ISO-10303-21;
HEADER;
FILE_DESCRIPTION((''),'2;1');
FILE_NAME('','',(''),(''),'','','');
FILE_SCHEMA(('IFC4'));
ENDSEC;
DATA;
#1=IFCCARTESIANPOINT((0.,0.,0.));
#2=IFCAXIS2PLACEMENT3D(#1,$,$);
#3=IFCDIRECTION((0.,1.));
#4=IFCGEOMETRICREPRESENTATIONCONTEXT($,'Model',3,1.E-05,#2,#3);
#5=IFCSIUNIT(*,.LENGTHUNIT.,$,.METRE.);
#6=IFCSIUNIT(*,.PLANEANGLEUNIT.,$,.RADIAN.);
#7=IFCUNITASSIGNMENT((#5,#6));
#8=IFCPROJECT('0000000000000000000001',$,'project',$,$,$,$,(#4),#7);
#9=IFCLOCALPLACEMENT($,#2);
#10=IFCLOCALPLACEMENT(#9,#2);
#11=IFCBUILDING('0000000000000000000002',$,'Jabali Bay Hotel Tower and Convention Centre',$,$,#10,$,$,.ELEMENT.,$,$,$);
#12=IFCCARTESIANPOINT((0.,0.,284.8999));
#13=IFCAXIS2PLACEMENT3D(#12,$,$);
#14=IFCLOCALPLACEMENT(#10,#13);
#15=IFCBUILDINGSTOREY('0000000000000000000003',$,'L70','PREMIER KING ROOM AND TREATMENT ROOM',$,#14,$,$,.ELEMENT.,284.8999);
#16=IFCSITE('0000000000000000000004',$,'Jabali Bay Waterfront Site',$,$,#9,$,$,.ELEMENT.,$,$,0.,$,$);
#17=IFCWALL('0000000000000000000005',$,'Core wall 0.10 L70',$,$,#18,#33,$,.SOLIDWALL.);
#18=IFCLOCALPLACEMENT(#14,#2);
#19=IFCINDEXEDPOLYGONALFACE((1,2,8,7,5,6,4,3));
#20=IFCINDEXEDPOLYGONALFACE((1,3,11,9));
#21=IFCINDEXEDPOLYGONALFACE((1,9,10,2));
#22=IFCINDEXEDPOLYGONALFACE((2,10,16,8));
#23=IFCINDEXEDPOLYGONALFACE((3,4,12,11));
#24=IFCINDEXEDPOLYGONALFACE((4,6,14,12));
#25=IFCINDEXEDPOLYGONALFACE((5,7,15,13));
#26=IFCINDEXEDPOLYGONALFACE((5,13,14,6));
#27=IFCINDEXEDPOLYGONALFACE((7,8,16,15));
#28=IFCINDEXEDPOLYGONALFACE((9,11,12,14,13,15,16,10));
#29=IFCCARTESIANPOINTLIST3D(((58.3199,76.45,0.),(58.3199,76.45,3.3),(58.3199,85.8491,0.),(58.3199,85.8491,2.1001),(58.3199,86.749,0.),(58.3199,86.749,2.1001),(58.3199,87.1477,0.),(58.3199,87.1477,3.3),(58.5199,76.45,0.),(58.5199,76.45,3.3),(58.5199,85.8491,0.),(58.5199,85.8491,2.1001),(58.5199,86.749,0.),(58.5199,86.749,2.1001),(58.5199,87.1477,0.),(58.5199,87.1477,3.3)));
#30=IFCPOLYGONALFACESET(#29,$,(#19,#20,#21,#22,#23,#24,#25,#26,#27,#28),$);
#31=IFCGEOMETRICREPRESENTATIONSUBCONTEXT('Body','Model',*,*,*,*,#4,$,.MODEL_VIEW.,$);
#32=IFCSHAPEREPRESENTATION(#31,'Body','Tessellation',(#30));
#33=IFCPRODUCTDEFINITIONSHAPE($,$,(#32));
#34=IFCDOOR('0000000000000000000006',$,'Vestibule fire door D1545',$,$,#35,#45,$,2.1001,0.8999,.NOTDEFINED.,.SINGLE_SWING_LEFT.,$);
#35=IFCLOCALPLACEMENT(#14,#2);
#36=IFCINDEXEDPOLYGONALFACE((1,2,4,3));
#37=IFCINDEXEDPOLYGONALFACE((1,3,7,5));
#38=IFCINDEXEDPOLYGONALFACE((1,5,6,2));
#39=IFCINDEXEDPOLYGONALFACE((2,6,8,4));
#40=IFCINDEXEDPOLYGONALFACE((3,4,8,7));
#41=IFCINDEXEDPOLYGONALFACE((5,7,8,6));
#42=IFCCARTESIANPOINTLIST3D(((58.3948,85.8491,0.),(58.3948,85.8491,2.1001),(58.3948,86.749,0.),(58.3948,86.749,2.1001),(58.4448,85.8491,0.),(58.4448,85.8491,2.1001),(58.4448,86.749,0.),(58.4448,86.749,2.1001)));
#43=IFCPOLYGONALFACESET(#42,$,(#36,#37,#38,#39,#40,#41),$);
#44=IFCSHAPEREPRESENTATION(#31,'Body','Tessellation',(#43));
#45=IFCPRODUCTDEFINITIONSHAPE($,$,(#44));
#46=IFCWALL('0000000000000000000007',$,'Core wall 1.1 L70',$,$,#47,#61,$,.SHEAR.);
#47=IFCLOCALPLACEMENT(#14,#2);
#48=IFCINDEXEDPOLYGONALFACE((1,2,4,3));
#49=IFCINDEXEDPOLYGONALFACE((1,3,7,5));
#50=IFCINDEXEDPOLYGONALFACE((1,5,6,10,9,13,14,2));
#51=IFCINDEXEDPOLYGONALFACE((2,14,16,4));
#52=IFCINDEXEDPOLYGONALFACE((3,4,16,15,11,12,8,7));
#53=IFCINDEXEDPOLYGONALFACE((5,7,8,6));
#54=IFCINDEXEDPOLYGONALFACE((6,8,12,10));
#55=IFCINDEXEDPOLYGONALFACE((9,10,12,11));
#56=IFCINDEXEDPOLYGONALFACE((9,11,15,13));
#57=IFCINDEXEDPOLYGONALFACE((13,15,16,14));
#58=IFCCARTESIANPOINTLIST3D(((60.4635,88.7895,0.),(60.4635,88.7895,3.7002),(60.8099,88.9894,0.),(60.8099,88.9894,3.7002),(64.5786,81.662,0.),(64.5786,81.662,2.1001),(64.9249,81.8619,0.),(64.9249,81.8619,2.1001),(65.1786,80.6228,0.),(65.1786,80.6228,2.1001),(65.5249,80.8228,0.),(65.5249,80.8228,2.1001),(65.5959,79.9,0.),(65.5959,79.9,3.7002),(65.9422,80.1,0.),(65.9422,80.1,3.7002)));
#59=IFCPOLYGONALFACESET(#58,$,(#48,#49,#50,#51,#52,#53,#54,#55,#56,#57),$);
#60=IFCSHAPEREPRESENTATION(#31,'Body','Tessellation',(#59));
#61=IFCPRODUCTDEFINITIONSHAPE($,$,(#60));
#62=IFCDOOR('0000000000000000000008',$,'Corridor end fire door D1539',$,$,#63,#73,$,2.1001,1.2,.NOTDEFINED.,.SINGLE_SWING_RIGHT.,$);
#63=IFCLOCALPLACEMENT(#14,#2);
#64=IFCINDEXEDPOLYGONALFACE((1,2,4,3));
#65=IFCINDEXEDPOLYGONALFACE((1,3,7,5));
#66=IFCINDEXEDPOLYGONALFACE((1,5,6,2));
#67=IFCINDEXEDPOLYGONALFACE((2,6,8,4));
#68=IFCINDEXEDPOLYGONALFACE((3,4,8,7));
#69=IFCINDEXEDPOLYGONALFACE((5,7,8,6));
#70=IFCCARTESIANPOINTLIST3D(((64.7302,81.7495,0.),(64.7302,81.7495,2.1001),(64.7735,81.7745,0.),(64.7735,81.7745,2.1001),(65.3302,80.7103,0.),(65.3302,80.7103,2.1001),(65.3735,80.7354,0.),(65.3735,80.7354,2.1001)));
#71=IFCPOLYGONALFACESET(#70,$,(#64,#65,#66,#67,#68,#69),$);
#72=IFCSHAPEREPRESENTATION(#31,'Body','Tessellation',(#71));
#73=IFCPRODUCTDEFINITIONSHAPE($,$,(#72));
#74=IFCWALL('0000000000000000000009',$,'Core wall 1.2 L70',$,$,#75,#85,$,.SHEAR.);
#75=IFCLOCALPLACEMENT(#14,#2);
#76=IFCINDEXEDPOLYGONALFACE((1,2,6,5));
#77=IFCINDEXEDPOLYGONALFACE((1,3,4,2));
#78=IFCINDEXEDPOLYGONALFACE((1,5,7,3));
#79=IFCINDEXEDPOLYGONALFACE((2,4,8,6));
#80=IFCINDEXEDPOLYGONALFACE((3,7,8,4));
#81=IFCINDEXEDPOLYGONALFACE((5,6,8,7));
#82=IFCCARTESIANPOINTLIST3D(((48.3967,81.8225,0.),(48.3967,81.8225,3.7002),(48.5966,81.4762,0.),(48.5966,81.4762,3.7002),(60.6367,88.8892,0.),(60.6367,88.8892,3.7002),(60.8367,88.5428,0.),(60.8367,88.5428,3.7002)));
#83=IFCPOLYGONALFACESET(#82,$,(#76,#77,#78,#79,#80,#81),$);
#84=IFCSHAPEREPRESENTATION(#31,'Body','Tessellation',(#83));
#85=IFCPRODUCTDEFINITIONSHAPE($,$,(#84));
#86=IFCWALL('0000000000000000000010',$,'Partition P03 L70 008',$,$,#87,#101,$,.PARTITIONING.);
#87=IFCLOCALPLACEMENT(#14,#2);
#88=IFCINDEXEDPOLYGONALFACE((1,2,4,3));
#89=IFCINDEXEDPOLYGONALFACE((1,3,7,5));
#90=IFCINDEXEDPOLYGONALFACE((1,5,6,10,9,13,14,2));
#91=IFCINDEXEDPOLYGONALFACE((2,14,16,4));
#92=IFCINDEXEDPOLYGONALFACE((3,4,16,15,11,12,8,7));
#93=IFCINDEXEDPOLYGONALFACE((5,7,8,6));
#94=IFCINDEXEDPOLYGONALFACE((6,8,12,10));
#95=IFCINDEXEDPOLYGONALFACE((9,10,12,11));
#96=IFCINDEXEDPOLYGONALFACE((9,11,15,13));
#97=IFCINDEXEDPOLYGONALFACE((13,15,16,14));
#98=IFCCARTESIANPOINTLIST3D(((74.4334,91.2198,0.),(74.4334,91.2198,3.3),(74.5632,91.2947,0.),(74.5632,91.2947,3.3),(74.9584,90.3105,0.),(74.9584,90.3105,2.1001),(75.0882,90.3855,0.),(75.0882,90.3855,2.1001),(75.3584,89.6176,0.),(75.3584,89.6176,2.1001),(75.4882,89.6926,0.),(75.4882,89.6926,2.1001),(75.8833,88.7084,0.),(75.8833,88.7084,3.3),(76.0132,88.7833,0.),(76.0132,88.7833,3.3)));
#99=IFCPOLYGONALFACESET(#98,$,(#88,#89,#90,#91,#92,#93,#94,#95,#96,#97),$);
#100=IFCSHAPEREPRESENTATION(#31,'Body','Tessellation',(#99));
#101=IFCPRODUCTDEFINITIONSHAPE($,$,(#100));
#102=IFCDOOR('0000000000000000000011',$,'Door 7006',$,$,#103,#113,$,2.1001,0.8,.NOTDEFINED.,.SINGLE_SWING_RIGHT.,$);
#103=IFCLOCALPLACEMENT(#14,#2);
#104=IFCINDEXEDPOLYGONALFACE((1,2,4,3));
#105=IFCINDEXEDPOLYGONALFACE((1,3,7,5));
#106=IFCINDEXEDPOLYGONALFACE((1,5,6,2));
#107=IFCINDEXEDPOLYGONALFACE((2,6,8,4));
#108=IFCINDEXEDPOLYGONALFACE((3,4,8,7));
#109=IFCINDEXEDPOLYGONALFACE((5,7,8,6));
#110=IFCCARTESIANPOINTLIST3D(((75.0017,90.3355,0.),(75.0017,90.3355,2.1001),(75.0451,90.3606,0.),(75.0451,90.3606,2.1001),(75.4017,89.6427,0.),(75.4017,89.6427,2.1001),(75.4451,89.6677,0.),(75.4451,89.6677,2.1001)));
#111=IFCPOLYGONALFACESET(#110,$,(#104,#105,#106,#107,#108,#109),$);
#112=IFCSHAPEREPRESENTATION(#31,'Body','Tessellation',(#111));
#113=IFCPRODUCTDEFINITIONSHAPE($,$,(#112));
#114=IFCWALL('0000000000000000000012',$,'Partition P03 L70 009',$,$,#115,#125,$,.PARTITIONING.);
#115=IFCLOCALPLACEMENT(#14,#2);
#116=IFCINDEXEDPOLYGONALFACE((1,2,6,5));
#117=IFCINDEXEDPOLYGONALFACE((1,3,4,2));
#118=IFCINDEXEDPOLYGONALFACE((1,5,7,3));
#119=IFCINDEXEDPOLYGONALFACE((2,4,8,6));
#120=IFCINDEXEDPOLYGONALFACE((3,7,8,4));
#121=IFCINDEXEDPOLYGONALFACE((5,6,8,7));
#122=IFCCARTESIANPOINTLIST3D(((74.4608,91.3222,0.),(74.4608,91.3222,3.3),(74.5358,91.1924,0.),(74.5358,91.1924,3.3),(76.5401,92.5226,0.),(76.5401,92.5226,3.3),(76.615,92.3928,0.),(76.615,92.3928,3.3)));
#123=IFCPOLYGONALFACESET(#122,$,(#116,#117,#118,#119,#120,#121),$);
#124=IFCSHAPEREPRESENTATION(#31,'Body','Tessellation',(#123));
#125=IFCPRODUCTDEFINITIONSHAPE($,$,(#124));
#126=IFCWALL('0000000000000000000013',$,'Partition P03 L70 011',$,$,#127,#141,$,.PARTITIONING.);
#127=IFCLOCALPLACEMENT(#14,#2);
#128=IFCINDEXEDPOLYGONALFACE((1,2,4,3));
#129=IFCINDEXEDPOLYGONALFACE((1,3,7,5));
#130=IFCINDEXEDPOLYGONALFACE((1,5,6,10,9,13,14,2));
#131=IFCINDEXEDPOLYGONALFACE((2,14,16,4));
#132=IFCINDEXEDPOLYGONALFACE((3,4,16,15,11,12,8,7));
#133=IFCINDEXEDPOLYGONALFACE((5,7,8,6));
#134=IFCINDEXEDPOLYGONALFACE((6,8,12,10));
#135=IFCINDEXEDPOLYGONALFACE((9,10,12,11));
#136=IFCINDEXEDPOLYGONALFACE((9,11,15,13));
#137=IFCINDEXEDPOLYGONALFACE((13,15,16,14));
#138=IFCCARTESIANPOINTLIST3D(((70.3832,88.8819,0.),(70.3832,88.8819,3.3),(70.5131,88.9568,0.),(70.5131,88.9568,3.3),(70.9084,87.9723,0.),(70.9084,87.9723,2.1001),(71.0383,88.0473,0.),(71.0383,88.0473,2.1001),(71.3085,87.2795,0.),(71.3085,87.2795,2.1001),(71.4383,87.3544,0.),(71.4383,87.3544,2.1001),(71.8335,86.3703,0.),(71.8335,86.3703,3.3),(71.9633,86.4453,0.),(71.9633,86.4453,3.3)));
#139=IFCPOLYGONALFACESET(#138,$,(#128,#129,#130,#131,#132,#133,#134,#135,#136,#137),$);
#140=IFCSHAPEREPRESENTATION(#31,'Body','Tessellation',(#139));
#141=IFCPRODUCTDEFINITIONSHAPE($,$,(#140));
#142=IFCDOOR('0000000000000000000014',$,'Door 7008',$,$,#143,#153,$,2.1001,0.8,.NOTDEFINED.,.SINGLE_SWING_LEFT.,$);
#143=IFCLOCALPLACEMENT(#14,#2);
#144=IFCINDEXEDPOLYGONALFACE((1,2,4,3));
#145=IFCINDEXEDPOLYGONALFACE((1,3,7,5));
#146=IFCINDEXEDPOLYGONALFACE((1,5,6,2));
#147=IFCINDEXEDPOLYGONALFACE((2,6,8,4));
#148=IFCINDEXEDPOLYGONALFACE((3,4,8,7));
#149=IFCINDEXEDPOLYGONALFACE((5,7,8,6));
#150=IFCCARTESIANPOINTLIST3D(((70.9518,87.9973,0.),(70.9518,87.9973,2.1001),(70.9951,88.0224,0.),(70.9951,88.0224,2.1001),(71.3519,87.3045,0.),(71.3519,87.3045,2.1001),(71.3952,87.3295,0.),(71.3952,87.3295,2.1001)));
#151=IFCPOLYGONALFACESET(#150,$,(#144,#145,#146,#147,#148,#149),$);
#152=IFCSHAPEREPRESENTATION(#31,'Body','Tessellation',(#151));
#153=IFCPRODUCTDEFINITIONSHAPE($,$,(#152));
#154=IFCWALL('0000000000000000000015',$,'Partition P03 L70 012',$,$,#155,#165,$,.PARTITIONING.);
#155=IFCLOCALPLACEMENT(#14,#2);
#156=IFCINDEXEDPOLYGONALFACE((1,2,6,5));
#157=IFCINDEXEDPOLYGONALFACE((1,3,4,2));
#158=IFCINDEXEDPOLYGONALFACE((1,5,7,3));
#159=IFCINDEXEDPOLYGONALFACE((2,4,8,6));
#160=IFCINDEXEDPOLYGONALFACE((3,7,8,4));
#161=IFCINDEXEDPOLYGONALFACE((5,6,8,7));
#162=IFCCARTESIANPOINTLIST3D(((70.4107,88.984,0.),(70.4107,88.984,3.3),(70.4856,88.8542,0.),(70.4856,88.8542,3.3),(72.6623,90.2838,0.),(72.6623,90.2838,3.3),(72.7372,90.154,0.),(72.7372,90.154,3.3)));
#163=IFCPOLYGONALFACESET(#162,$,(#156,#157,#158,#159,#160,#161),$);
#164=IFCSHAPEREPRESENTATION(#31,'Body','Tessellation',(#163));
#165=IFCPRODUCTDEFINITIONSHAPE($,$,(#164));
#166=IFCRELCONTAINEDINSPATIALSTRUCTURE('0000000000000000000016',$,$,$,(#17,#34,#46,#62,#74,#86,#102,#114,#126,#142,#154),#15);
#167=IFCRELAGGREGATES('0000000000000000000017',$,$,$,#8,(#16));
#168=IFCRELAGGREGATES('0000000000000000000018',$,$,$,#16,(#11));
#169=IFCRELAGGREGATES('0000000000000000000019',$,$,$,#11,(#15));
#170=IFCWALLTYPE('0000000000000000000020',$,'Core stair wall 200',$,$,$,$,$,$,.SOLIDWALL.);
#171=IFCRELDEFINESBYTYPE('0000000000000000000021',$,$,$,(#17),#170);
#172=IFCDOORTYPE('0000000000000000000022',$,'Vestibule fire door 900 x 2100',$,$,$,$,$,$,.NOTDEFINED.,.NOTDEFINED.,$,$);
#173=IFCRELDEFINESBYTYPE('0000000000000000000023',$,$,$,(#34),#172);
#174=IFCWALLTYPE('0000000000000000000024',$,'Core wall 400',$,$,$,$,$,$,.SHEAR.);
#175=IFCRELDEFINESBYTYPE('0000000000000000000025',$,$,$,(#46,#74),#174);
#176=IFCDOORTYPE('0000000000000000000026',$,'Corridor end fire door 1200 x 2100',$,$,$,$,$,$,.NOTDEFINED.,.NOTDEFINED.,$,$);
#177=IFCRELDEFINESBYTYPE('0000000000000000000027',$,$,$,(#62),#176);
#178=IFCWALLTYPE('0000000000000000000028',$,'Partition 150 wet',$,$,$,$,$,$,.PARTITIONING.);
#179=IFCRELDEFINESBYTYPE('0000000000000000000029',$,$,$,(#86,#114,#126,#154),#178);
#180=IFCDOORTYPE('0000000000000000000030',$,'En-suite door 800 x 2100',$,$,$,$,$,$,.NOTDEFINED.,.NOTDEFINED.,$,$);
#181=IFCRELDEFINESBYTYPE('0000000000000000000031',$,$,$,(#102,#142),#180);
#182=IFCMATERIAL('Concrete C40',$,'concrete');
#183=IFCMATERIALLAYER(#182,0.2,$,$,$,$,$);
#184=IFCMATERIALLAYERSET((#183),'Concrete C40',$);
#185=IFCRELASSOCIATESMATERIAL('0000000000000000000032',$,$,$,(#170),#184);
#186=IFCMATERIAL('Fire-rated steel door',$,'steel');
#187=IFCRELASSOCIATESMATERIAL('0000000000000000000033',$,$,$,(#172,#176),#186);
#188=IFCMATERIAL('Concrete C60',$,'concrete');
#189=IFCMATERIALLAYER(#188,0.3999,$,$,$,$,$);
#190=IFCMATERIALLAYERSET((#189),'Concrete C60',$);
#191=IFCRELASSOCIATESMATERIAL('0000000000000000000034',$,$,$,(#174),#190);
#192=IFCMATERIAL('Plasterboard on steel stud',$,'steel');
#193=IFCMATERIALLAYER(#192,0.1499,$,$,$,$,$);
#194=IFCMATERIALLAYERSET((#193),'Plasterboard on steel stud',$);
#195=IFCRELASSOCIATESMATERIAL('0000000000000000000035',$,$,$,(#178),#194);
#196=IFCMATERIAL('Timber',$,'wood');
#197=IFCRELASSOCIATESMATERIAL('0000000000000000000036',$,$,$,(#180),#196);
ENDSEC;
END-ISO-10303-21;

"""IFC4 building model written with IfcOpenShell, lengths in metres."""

from ifc_helpers import new_model, si_unit, direction, frame, frame_2d, origin, place, context, subcontext, project, spatial, rectangle, extrude, material, layer, layer_set, type_object, element, fill, save


model = new_model("IFC4")

# Units and contexts
model_context = context("Model", 3, precision=1e-05, world=origin(), true_north=direction((0.0, 1.0)))
body_context = subcontext(model_context, "Body", "Model", "MODEL_VIEW")
ifc_project = project(units=[si_unit("LENGTHUNIT", "METRE"), si_unit("PLANEANGLEUNIT", "RADIAN")], contexts=[model_context])

# Site, building, storey
site_placement = place(None, origin())
site = spatial("IfcSite", under=ifc_project, at=site_placement, Name="Jabali Bay Waterfront Site", CompositionType="ELEMENT", RefElevation=0.0)
building_placement = place(site_placement, origin())
building = spatial("IfcBuilding", under=site, at=building_placement, Name="Jabali Bay Hotel Tower and Convention Centre", CompositionType="ELEMENT")
storey_placement = place(building_placement, frame((0.0, 0.0, 284.8999)))
storey = spatial("IfcBuildingStorey", under=building, at=storey_placement, Name="L70", Description="PREMIER KING ROOM AND TREATMENT ROOM", CompositionType="ELEMENT", Elevation=284.8999)

# Shared definitions
ifc_material_1 = material(Name="Concrete C40", Category="concrete")
ifc_layer_1 = layer(ifc_material_1, 0.2)
ifc_layer_set_1 = layer_set([ifc_layer_1], Name="Concrete C40")
wall_type_1 = type_object("IfcWallType", Name="Core stair wall 200", PredefinedType="SOLIDWALL", material=ifc_layer_set_1)

# Shared definitions
ifc_material_2 = material(Name="Fire-rated steel door", Category="steel")

# Walls, openings, doors
wall_1_placement = place(storey_placement, frame((58.4199, 87.1477, 0.0), z_axis=(0.0, 0.0, 1.0), x_axis=(0.0, -1.0, 0.0)))
wall_1 = element("IfcWall", 1, at=wall_1_placement, inside=storey, type_object=wall_type_1, Name="Core wall 0.10 L70", PredefinedType="SOLIDWALL", context=body_context, shape_type="SweptSolid", body=[
    extrude(rectangle(XDim=10.6978, YDim=0.2, at=frame_2d((5.3489, 0.0))), origin(), (0.0, 0.0, 1.0), 3.3),
])
opening_1_placement = place(wall_1_placement, frame((0.3987, 0.0, 0.0)))
opening_1 = element("IfcOpeningElement", 2, at=opening_1_placement, cuts=wall_1, PredefinedType="OPENING", context=body_context, shape_type="SweptSolid", body=[
    extrude(rectangle(XDim=0.8999, YDim=2.1001, at=frame_2d((0.45, 1.05))), frame((0.0, 0.1104, 0.0), z_axis=(0.0, -1.0, 0.0), x_axis=(1.0, 0.0, 0.0)), (0.0, 0.0, 1.0), 0.2209),
])
door_type_1 = type_object("IfcDoorType", Name="Vestibule fire door 900 x 2100", OperationType="NOTDEFINED", PredefinedType="NOTDEFINED", material=ifc_material_2)
door_1_placement = place(opening_1_placement, origin())
door_1 = element("IfcDoor", 3, at=door_1_placement, inside=storey, type_object=door_type_1, Name="Vestibule fire door D1545", OperationType="SINGLE_SWING_LEFT", OverallHeight=2.1001, OverallWidth=0.8999, PredefinedType="NOTDEFINED", context=body_context, shape_type="SweptSolid", body=[
    extrude(rectangle(XDim=0.8999, YDim=2.1001, at=frame_2d((0.45, 1.05))), frame((0.0, 0.0249, 0.0), z_axis=(0.0, -1.0, 0.0), x_axis=(1.0, 0.0, 0.0)), (0.0, 0.0, 1.0), 0.05),
])
fill(opening_1, door_1)
ifc_material_3 = material(Name="Concrete C60", Category="concrete")
ifc_layer_2 = layer(ifc_material_3, 0.3999)
ifc_layer_set_2 = layer_set([ifc_layer_2], Name="Concrete C60")
wall_type_2 = type_object("IfcWallType", Name="Core wall 400", PredefinedType="SHEAR", material=ifc_layer_set_2)
wall_2_placement = place(storey_placement, frame((65.769, 80.0, 0.0), z_axis=(0.0, 0.0, 1.0), x_axis=(-0.500002, 0.866024, 0.0)))
wall_2 = element("IfcWall", 4, at=wall_2_placement, inside=storey, type_object=wall_type_2, Name="Core wall 1.1 L70", PredefinedType="SHEAR", context=body_context, shape_type="SweptSolid", body=[
    extrude(rectangle(XDim=10.2646, YDim=0.3999, at=frame_2d((5.1323, 0.0))), origin(), (0.0, 0.0, 1.0), 3.7002),
])
opening_2_placement = place(wall_2_placement, frame((0.8345, 0.0, 0.0)))
opening_2 = element("IfcOpeningElement", 5, at=opening_2_placement, cuts=wall_2, PredefinedType="OPENING", context=body_context, shape_type="SweptSolid", body=[
    extrude(rectangle(XDim=1.2, YDim=2.1001, at=frame_2d((0.6001, 1.05))), frame((0.0, 0.2104, 0.0), z_axis=(0.0, -1.0, 0.0), x_axis=(1.0, 0.0, 0.0)), (0.0, 0.0, 1.0), 0.4209),
])
door_type_2 = type_object("IfcDoorType", Name="Corridor end fire door 1200 x 2100", OperationType="NOTDEFINED", PredefinedType="NOTDEFINED", material=ifc_material_2)
door_2_placement = place(opening_2_placement, origin())
door_2 = element("IfcDoor", 6, at=door_2_placement, inside=storey, type_object=door_type_2, Name="Corridor end fire door D1539", OperationType="SINGLE_SWING_RIGHT", OverallHeight=2.1001, OverallWidth=1.2, PredefinedType="NOTDEFINED", context=body_context, shape_type="SweptSolid", body=[
    extrude(rectangle(XDim=1.2, YDim=2.1001, at=frame_2d((0.6001, 1.05))), frame((0.0, 0.0249, 0.0), z_axis=(0.0, -1.0, 0.0), x_axis=(1.0, 0.0, 0.0)), (0.0, 0.0, 1.0), 0.05),
])
fill(opening_2, door_2)

# Wall
wall_3_placement = place(storey_placement, frame((60.7368, 88.7161, 0.0), z_axis=(0.0, 0.0, 1.0), x_axis=(-0.866029, -0.499994, 0.0)))
element("IfcWall", 7, at=wall_3_placement, inside=storey, type_object=wall_type_2, Name="Core wall 1.2 L70", PredefinedType="SHEAR", context=body_context, shape_type="SweptSolid", body=[
    extrude(rectangle(XDim=14.1335, YDim=0.3999, at=frame_2d((7.0669, 0.0))), origin(), (0.0, 0.0, 1.0), 3.7002),
])

# Wall, opening, door
ifc_material_4 = material(Name="Plasterboard on steel stud", Category="steel")
ifc_layer_3 = layer(ifc_material_4, 0.1499)
ifc_layer_set_3 = layer_set([ifc_layer_3], Name="Plasterboard on steel stud")
wall_type_3 = type_object("IfcWallType", Name="Partition 150 wet", PredefinedType="PARTITIONING", material=ifc_layer_set_3)
wall_4_placement = place(storey_placement, frame((75.9482, 88.7458, 0.0), z_axis=(0.0, 0.0, 1.0), x_axis=(-0.499987, 0.866033, 0.0)))
wall_4 = element("IfcWall", 8, at=wall_4_placement, inside=storey, type_object=wall_type_3, Name="Partition P03 L70 008", PredefinedType="PARTITIONING", context=body_context, shape_type="SweptSolid", body=[
    extrude(rectangle(XDim=2.8999, YDim=0.1499, at=frame_2d((1.45, 0.0))), origin(), (0.0, 0.0, 1.0), 3.3),
])
opening_3_placement = place(wall_4_placement, frame((1.05, 0.0, 0.0)))
opening_3 = element("IfcOpeningElement", 9, at=opening_3_placement, cuts=wall_4, PredefinedType="OPENING", context=body_context, shape_type="SweptSolid", body=[
    extrude(rectangle(XDim=0.8, YDim=2.1001, at=frame_2d((0.3999, 1.05))), frame((0.0, 0.0854, 0.0), z_axis=(0.0, -1.0, 0.0), x_axis=(1.0, 0.0, 0.0)), (0.0, 0.0, 1.0), 0.1709),
])
ifc_material_5 = material(Name="Timber", Category="wood")
door_type_3 = type_object("IfcDoorType", Name="En-suite door 800 x 2100", OperationType="NOTDEFINED", PredefinedType="NOTDEFINED", material=ifc_material_5)
door_3_placement = place(opening_3_placement, origin())
door_3 = element("IfcDoor", 10, at=door_3_placement, inside=storey, type_object=door_type_3, Name="Door 7006", OperationType="SINGLE_SWING_RIGHT", OverallHeight=2.1001, OverallWidth=0.8, PredefinedType="NOTDEFINED", context=body_context, shape_type="SweptSolid", body=[
    extrude(rectangle(XDim=0.8, YDim=2.1001, at=frame_2d((0.3999, 1.05))), frame((0.0, 0.0249, 0.0), z_axis=(0.0, -1.0, 0.0), x_axis=(1.0, 0.0, 0.0)), (0.0, 0.0, 1.0), 0.05),
])
fill(opening_3, door_3)

# Wall
wall_5_placement = place(storey_placement, frame((74.4983, 91.2573, 0.0), z_axis=(0.0, 0.0, 1.0), x_axis=(0.866038, 0.499978, 0.0)))
element("IfcWall", 11, at=wall_5_placement, inside=storey, type_object=wall_type_3, Name="Partition P03 L70 009", PredefinedType="PARTITIONING", context=body_context, shape_type="SweptSolid", body=[
    extrude(rectangle(XDim=2.4009, YDim=0.1499, at=frame_2d((1.2004, 0.0))), origin(), (0.0, 0.0, 1.0), 3.3),
])

# Wall, opening, door
wall_6_placement = place(storey_placement, frame((71.8984, 86.4077, 0.0), z_axis=(0.0, 0.0, 1.0), x_axis=(-0.50005, 0.865996, 0.0)))
wall_6 = element("IfcWall", 12, at=wall_6_placement, inside=storey, type_object=wall_type_3, Name="Partition P03 L70 011", PredefinedType="PARTITIONING", context=body_context, shape_type="SweptSolid", body=[
    extrude(rectangle(XDim=2.9001, YDim=0.1499, at=frame_2d((1.4502, 0.0))), origin(), (0.0, 0.0, 1.0), 3.3),
])
opening_4_placement = place(wall_6_placement, frame((1.05, 0.0, 0.0)))
opening_4 = element("IfcOpeningElement", 13, at=opening_4_placement, cuts=wall_6, PredefinedType="OPENING", context=body_context, shape_type="SweptSolid", body=[
    extrude(rectangle(XDim=0.8, YDim=2.1001, at=frame_2d((0.3999, 1.05))), frame((0.0, 0.0854, 0.0), z_axis=(0.0, -1.0, 0.0), x_axis=(1.0, 0.0, 0.0)), (0.0, 0.0, 1.0), 0.1709),
])
door_4_placement = place(opening_4_placement, origin())
door_4 = element("IfcDoor", 14, at=door_4_placement, inside=storey, type_object=door_type_3, Name="Door 7008", OperationType="SINGLE_SWING_LEFT", OverallHeight=2.1001, OverallWidth=0.8, PredefinedType="NOTDEFINED", context=body_context, shape_type="SweptSolid", body=[
    extrude(rectangle(XDim=0.8, YDim=2.1001, at=frame_2d((0.3999, 1.05))), frame((0.0, 0.0249, 0.0), z_axis=(0.0, -1.0, 0.0), x_axis=(1.0, 0.0, 0.0)), (0.0, 0.0, 1.0), 0.05),
])
fill(opening_4, door_4)

# Wall
wall_7_placement = place(storey_placement, frame((70.4482, 88.9192, 0.0), z_axis=(0.0, 0.0, 1.0), x_axis=(0.866062, 0.499937, 0.0)))
element("IfcWall", 15, at=wall_7_placement, inside=storey, type_object=wall_type_3, Name="Partition P03 L70 012", PredefinedType="PARTITIONING", context=body_context, shape_type="SweptSolid", body=[
    extrude(rectangle(XDim=2.5999, YDim=0.1499, at=frame_2d((1.2998, 0.0))), origin(), (0.0, 0.0, 1.0), 3.3),
])

save(model, "model.ifc")
